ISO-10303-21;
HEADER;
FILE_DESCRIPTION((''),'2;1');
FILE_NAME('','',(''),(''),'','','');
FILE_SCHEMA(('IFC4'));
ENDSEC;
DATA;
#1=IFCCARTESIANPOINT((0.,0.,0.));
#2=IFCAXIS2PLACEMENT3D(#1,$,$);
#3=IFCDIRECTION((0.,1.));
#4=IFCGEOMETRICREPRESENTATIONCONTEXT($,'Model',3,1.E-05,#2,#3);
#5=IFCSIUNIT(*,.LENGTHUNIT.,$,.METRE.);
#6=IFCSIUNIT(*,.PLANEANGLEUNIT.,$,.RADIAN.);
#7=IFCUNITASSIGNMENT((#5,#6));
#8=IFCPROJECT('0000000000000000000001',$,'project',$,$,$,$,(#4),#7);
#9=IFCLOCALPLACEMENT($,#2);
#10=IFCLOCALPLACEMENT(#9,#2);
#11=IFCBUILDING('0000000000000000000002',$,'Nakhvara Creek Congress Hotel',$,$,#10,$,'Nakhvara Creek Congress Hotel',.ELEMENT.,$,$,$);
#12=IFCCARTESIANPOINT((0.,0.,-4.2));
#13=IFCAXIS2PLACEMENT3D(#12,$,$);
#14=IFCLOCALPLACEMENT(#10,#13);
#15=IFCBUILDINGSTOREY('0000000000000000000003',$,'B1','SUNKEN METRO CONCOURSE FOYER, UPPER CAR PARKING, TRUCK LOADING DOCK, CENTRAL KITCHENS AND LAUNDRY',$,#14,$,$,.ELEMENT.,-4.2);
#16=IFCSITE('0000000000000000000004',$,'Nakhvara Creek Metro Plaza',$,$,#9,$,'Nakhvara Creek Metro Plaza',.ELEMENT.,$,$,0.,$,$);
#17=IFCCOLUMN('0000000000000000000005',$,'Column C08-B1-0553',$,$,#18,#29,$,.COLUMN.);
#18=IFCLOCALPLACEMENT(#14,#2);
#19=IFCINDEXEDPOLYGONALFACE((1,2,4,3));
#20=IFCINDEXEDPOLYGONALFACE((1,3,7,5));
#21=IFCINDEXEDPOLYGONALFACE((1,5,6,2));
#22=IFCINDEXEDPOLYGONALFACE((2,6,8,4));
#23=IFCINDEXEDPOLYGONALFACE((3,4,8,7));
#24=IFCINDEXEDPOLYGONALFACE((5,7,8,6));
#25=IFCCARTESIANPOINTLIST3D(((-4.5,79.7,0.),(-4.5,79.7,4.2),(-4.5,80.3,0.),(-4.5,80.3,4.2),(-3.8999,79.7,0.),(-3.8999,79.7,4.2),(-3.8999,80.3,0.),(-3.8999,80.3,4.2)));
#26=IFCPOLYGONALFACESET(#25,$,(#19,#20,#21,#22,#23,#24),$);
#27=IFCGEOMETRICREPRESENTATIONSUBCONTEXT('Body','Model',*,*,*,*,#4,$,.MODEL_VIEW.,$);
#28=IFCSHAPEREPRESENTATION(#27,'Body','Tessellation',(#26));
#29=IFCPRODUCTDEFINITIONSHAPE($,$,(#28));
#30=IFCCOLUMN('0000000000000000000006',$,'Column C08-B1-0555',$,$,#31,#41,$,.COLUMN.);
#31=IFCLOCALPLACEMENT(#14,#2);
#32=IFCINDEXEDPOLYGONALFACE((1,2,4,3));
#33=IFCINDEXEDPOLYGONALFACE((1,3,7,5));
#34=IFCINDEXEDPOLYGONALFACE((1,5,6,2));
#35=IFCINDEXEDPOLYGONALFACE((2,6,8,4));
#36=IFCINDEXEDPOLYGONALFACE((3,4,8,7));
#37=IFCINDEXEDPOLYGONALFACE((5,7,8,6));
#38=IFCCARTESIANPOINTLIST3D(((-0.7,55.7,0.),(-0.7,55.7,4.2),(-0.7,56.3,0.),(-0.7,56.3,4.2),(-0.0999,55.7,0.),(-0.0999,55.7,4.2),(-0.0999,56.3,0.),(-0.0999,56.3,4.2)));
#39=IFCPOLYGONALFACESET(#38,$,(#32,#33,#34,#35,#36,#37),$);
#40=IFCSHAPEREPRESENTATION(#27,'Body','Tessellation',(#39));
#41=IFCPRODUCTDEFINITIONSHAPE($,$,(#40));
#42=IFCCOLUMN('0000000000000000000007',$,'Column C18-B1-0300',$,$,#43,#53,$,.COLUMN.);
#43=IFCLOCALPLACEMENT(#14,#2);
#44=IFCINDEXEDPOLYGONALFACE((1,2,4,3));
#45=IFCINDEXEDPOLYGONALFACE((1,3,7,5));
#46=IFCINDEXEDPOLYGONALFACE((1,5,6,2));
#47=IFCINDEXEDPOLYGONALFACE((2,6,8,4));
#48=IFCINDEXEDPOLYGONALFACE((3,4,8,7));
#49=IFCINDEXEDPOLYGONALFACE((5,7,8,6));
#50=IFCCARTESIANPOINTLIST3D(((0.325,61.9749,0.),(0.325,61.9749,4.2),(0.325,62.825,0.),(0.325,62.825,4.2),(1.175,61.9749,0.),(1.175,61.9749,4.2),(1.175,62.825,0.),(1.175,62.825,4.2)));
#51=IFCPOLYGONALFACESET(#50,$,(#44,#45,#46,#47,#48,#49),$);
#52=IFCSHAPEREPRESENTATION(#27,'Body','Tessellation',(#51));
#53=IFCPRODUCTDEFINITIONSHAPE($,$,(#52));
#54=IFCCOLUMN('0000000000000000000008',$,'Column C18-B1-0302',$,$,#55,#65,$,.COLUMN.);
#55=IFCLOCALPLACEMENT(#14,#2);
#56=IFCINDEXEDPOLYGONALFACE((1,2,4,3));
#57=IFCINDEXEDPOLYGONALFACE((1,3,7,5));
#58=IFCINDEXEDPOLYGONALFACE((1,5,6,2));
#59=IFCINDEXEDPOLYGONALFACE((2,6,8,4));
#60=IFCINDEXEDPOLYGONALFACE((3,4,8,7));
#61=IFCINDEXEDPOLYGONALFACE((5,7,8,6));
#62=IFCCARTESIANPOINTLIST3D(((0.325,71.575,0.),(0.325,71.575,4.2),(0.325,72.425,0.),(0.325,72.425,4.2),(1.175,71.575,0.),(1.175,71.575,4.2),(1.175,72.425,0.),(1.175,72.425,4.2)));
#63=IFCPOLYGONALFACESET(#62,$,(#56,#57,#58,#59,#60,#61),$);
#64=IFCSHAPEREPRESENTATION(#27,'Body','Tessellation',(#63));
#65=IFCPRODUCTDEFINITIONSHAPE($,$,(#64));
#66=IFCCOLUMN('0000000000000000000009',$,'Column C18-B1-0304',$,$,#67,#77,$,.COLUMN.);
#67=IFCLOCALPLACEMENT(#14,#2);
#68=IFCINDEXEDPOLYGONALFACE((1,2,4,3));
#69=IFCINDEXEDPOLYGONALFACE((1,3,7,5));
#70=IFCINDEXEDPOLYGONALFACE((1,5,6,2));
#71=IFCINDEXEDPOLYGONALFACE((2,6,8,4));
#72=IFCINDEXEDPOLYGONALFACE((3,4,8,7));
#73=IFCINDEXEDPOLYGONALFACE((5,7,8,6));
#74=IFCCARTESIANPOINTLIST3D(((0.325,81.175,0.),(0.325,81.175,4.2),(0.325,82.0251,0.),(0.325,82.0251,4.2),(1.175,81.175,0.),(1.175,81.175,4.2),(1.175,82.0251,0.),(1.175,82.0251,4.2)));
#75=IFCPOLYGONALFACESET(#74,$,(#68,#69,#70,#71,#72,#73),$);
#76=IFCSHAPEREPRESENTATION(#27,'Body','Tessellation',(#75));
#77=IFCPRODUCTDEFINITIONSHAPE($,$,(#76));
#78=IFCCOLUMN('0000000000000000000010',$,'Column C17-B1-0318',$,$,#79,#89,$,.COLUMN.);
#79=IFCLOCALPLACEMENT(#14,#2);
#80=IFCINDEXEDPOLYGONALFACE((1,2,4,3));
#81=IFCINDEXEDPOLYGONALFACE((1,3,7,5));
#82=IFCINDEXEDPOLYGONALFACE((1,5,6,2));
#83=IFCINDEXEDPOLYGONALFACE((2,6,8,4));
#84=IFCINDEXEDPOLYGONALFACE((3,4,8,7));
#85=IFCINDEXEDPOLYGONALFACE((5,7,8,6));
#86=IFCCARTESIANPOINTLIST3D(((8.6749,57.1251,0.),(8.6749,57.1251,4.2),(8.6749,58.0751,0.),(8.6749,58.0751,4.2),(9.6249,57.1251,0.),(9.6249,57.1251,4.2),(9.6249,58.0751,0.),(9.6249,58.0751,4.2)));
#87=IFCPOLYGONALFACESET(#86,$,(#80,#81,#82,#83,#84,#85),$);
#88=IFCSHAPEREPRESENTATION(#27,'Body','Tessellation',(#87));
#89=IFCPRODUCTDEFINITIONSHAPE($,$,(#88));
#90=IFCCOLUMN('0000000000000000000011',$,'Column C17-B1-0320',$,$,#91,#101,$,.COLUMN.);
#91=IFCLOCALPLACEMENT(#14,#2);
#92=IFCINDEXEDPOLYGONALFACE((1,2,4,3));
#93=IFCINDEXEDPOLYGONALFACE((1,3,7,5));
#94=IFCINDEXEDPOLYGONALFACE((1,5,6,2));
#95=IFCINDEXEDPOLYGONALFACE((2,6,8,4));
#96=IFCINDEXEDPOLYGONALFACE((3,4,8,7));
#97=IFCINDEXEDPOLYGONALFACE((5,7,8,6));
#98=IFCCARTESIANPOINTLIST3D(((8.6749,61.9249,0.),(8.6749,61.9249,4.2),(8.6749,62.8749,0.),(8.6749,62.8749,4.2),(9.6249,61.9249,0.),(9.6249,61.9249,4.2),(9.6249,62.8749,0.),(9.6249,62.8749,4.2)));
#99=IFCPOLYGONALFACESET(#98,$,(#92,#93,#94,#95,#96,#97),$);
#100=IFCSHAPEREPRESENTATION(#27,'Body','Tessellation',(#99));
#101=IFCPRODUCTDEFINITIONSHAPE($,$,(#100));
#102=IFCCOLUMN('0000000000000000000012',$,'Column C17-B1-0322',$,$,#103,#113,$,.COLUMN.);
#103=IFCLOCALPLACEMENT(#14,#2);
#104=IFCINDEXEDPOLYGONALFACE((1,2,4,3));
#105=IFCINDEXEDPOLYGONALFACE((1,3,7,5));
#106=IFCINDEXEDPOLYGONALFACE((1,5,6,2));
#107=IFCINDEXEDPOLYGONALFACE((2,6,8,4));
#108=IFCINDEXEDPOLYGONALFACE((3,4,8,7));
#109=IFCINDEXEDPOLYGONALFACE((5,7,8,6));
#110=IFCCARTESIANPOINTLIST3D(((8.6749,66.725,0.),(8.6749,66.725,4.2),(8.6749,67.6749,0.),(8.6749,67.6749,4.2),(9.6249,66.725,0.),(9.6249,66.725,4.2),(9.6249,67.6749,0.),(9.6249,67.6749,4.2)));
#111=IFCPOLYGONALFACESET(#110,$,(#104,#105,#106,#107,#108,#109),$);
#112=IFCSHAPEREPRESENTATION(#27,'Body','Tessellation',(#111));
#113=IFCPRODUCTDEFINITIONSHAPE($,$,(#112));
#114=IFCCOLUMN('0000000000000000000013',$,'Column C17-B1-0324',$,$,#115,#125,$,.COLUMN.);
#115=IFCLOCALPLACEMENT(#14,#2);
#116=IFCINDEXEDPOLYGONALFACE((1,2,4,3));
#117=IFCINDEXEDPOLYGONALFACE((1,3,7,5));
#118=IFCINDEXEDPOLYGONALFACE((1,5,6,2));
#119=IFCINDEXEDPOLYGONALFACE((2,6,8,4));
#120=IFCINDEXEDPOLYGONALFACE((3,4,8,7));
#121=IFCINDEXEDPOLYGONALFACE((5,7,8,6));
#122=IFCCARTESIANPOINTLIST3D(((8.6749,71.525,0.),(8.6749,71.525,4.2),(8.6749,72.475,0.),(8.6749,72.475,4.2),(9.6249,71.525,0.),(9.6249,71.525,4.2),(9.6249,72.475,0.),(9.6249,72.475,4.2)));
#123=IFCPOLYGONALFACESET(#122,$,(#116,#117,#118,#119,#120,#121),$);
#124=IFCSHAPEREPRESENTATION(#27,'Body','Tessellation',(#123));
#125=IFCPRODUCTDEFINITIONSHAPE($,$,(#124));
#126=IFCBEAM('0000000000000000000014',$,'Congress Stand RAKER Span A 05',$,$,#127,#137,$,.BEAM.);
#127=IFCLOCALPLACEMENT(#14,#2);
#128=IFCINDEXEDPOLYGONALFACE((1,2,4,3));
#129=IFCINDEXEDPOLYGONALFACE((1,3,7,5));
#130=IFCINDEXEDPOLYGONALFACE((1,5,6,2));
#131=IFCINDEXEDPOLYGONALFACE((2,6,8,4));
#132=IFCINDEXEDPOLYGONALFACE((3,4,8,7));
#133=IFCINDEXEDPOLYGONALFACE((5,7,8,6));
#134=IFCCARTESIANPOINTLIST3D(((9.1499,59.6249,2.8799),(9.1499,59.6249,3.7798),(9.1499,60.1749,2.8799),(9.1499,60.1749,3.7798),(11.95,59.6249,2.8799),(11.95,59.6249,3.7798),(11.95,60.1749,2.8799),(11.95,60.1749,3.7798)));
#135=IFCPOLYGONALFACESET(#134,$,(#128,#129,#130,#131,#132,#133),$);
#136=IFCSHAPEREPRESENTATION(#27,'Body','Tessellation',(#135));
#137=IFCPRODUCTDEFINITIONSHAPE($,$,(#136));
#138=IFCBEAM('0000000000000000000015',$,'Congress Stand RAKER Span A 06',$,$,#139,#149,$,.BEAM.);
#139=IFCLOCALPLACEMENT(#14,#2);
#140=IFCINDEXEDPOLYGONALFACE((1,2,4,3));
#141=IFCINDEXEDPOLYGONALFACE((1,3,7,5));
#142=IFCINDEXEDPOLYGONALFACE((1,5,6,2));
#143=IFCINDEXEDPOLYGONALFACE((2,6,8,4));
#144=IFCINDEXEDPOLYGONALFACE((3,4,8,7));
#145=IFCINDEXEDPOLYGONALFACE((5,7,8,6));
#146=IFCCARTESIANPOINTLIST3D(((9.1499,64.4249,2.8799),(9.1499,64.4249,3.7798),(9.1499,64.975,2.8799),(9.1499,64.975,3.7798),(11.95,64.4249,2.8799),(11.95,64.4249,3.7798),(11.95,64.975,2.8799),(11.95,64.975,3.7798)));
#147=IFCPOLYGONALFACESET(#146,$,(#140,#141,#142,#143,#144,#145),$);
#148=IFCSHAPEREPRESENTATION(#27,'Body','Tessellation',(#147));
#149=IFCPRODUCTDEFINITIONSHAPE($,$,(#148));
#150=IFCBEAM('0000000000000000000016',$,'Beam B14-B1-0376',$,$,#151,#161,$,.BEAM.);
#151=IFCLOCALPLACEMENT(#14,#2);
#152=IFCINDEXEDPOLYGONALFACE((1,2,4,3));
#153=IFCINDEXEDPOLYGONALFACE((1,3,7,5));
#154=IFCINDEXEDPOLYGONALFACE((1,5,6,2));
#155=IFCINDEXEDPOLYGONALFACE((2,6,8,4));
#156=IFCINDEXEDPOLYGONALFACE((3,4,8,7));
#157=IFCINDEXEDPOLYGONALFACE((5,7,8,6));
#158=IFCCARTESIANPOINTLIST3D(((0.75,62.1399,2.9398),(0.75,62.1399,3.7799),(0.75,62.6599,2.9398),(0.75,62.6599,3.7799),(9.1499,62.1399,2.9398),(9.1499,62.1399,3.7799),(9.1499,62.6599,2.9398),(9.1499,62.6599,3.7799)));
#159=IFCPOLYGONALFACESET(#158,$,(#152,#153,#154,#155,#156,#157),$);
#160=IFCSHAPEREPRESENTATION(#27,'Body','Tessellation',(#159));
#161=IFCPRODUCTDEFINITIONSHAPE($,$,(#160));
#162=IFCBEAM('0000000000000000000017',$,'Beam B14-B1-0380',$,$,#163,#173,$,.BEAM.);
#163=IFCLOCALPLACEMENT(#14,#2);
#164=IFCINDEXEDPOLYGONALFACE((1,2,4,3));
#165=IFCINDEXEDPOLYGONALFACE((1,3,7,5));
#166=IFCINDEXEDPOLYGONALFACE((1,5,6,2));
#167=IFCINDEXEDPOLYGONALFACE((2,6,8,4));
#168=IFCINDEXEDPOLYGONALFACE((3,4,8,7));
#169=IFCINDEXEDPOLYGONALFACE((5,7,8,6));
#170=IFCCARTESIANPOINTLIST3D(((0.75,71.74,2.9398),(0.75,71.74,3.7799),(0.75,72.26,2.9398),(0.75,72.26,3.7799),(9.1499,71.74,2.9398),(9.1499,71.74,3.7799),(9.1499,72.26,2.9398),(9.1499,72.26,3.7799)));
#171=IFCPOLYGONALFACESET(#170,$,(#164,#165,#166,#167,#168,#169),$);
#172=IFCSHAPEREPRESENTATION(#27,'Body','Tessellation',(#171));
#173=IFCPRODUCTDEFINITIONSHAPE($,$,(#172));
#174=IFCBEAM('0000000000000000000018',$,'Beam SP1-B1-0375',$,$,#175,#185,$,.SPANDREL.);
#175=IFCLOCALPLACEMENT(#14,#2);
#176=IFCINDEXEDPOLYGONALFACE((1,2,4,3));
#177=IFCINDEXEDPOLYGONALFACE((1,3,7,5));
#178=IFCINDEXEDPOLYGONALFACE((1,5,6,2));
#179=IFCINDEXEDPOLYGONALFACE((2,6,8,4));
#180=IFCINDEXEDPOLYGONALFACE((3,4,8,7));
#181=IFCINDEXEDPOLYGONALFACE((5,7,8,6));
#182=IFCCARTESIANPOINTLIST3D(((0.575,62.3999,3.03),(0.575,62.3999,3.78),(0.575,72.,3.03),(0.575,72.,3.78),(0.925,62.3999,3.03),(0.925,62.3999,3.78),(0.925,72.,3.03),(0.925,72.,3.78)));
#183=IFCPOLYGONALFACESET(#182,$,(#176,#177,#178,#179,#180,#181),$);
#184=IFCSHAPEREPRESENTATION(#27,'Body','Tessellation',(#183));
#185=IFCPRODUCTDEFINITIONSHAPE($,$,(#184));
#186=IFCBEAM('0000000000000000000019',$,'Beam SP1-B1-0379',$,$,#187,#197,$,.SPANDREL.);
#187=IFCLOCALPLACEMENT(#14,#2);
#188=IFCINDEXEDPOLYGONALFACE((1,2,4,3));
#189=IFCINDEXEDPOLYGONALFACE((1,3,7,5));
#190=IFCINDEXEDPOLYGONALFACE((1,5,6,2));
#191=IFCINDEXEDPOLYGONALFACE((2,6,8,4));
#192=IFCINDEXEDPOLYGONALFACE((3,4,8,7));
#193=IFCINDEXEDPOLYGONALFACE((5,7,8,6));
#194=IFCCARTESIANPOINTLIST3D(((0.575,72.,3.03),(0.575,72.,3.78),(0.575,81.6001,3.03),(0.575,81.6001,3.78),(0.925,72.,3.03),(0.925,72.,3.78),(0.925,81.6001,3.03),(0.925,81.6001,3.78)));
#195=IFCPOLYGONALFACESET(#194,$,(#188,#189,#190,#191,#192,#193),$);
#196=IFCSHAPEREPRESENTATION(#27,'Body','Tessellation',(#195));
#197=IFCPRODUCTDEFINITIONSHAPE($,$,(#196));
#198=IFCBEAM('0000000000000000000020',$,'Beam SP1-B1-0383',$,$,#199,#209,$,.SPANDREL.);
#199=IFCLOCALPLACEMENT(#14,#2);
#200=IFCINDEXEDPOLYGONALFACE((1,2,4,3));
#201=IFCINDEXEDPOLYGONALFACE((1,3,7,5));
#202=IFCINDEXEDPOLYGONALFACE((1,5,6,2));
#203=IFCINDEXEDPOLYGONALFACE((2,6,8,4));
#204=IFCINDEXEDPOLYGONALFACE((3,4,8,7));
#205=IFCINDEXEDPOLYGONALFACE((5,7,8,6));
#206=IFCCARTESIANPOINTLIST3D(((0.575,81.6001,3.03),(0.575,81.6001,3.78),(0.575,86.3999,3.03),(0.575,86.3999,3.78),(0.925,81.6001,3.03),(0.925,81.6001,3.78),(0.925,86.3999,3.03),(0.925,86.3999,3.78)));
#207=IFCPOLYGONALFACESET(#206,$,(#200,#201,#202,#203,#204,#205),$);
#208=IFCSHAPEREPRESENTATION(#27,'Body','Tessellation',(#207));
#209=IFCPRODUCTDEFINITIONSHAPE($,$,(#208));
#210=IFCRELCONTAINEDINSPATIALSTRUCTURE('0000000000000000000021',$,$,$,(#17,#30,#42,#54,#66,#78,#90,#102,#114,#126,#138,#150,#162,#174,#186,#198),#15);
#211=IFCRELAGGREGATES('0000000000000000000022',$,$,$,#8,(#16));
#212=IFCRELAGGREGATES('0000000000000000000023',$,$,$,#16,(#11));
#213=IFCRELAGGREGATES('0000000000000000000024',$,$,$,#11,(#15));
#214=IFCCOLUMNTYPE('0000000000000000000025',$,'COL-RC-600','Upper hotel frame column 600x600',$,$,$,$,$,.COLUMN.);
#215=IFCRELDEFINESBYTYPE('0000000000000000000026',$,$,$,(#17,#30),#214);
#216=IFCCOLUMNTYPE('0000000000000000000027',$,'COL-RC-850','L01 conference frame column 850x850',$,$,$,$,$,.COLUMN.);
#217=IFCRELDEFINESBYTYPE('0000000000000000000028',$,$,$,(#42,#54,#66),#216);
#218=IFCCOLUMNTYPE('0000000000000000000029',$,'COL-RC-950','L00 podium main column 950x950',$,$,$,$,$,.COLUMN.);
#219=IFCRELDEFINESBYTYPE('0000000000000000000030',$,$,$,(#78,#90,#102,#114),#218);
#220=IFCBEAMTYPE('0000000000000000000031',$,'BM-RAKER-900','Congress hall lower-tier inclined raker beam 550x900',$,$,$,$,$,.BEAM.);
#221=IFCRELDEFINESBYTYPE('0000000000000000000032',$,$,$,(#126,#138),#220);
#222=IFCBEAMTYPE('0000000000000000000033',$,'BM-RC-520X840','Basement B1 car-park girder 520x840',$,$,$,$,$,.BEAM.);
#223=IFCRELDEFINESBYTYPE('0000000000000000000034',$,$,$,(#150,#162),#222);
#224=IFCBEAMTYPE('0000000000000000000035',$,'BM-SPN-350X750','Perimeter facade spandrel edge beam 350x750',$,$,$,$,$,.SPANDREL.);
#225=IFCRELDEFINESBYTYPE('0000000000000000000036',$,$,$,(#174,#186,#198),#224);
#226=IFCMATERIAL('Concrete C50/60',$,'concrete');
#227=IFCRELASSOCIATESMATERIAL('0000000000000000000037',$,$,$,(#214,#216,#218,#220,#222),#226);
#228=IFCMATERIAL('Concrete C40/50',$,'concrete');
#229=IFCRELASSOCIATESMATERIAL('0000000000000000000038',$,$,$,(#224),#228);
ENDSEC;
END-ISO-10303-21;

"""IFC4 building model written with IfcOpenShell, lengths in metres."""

from ifc_helpers import new_model, si_unit, direction, frame, origin, origin_2d, place, context, subcontext, project, spatial, rectangle, extrude, material, material_profile, profile_set, type_object, element, save


model = new_model("IFC4")

# Units and contexts
model_context = context("Model", 3, precision=1e-05, world=origin(), true_north=direction((0.0, 1.0)))
body_context = subcontext(model_context, "Body", "Model", "MODEL_VIEW")
ifc_project = project(units=[si_unit("LENGTHUNIT", "METRE"), si_unit("PLANEANGLEUNIT", "RADIAN")], contexts=[model_context])

# Site, building, storey
site_placement = place(None, origin())
site = spatial("IfcSite", under=ifc_project, at=site_placement, Name="Nakhvara Creek Metro Plaza", LongName="Nakhvara Creek Metro Plaza", CompositionType="ELEMENT", RefElevation=0.0)
building_placement = place(site_placement, origin())
building = spatial("IfcBuilding", under=site, at=building_placement, Name="Nakhvara Creek Congress Hotel", LongName="Nakhvara Creek Congress Hotel", CompositionType="ELEMENT")
storey_placement = place(building_placement, frame((0.0, 0.0, -4.2)))
storey = spatial("IfcBuildingStorey", under=building, at=storey_placement, Name="B1", Description="SUNKEN METRO CONCOURSE FOYER, UPPER CAR PARKING, TRUCK LOADING DOCK, CENTRAL KITCHENS AND LAUNDRY", CompositionType="ELEMENT", Elevation=-4.2)

# Columns
ifc_material_1 = material(Name="Concrete C50/60", Category="concrete")
ifc_material_profile_1 = material_profile(ifc_material_1, rectangle(XDim=0.6001, YDim=0.6001, at=origin_2d()), Name="RC-COL 600x600", Category="LoadBearing")
ifc_profile_set_1 = profile_set([ifc_material_profile_1], Name="Concrete C50/60")
column_type_1 = type_object("IfcColumnType", Name="COL-RC-600", Description="Upper hotel frame column 600x600", PredefinedType="COLUMN", material=ifc_profile_set_1)
for number, where, z_axis, x_axis, name in (
    (1, (-4.2, 80.0, 0.0), (0.0, 0.0, 1.0), (1.0, 0.0, 0.0), "Column C08-B1-0553"),
    (2, (-0.3999, 56.0, 0.0), (0.0, 0.0, 1.0), (1.0, 0.0, 0.0), "Column C08-B1-0555"),
):
    element("IfcColumn", number, at=place(storey_placement, frame(where, z_axis=z_axis, x_axis=x_axis)), inside=storey, type_object=column_type_1, Name=name, PredefinedType="COLUMN", context=body_context, shape_type="SweptSolid", body=[
        extrude(rectangle(XDim=0.6001, YDim=0.6001, at=origin_2d()), origin(), (0.0, 0.0, 1.0), 4.2),
    ])
ifc_material_profile_2 = material_profile(ifc_material_1, rectangle(XDim=0.8501, YDim=0.8501, at=origin_2d()), Name="RC-COL 850x850", Category="LoadBearing")
ifc_profile_set_2 = profile_set([ifc_material_profile_2], Name="Concrete C50/60")
column_type_2 = type_object("IfcColumnType", Name="COL-RC-850", Description="L01 conference frame column 850x850", PredefinedType="COLUMN", material=ifc_profile_set_2)
for number, where, z_axis, x_axis, name in (
    (3, (0.75, 62.3999, 0.0), (0.0, 0.0, 1.0), (1.0, 0.0, 0.0), "Column C18-B1-0300"),
    (4, (0.75, 72.0, 0.0), (0.0, 0.0, 1.0), (1.0, 0.0, 0.0), "Column C18-B1-0302"),
    (5, (0.75, 81.6001, 0.0), (0.0, 0.0, 1.0), (1.0, 0.0, 0.0), "Column C18-B1-0304"),
):
    element("IfcColumn", number, at=place(storey_placement, frame(where, z_axis=z_axis, x_axis=x_axis)), inside=storey, type_object=column_type_2, Name=name, PredefinedType="COLUMN", context=body_context, shape_type="SweptSolid", body=[
        extrude(rectangle(XDim=0.8501, YDim=0.8501, at=origin_2d()), origin(), (0.0, 0.0, 1.0), 4.2),
    ])
ifc_material_profile_3 = material_profile(ifc_material_1, rectangle(XDim=0.95, YDim=0.95, at=origin_2d()), Name="RC-COL 950x950", Category="LoadBearing")
ifc_profile_set_3 = profile_set([ifc_material_profile_3], Name="Concrete C50/60")
column_type_3 = type_object("IfcColumnType", Name="COL-RC-950", Description="L00 podium main column 950x950", PredefinedType="COLUMN", material=ifc_profile_set_3)
for number, where, z_axis, x_axis, name in (
    (6, (9.1499, 57.6001, 0.0), (0.0, 0.0, 1.0), (1.0, 0.0, 0.0), "Column C17-B1-0318"),
    (7, (9.1499, 62.3999, 0.0), (0.0, 0.0, 1.0), (1.0, 0.0, 0.0), "Column C17-B1-0320"),
    (8, (9.1499, 67.2, 0.0), (0.0, 0.0, 1.0), (1.0, 0.0, 0.0), "Column C17-B1-0322"),
    (9, (9.1499, 72.0, 0.0), (0.0, 0.0, 1.0), (1.0, 0.0, 0.0), "Column C17-B1-0324"),
):
    element("IfcColumn", number, at=place(storey_placement, frame(where, z_axis=z_axis, x_axis=x_axis)), inside=storey, type_object=column_type_3, Name=name, PredefinedType="COLUMN", context=body_context, shape_type="SweptSolid", body=[
        extrude(rectangle(XDim=0.95, YDim=0.95, at=origin_2d()), origin(), (0.0, 0.0, 1.0), 4.2),
    ])

# Beams
ifc_material_profile_4 = material_profile(ifc_material_1, rectangle(XDim=0.55, YDim=0.8999, at=origin_2d()), Name="RC-RAKER 550x900", Category="LoadBearing")
ifc_profile_set_4 = profile_set([ifc_material_profile_4], Name="Concrete C50/60")
beam_type_1 = type_object("IfcBeamType", Name="BM-RAKER-900", Description="Congress hall lower-tier inclined raker beam 550x900", PredefinedType="BEAM", material=ifc_profile_set_4)
for number, where, z_axis, x_axis, name in (
    (10, (9.1499, 59.8999, 3.3298), (1.0, 0.0, 0.0), (0.0, 1.0, 0.0), "Congress Stand RAKER Span A 05"),
    (11, (9.1499, 64.7, 3.3298), (1.0, 0.0, 0.0), (0.0, 1.0, 0.0), "Congress Stand RAKER Span A 06"),
):
    element("IfcBeam", number, at=place(storey_placement, frame(where, z_axis=z_axis, x_axis=x_axis)), inside=storey, type_object=beam_type_1, Name=name, PredefinedType="BEAM", context=body_context, shape_type="SweptSolid", body=[
        extrude(rectangle(XDim=0.55, YDim=0.8999, at=origin_2d()), origin(), (0.0, 0.0, 1.0), 2.8),
    ])
ifc_material_profile_5 = material_profile(ifc_material_1, rectangle(XDim=0.52, YDim=0.8401, at=origin_2d()), Name="RC-BM 520x840", Category="LoadBearing")
ifc_profile_set_5 = profile_set([ifc_material_profile_5], Name="Concrete C50/60")
beam_type_2 = type_object("IfcBeamType", Name="BM-RC-520X840", Description="Basement B1 car-park girder 520x840", PredefinedType="BEAM", material=ifc_profile_set_5)
for number, where, z_axis, x_axis, name in (
    (12, (0.75, 62.3999, 3.3599), (1.0, 0.0, 0.0), (0.0, 1.0, 0.0), "Beam B14-B1-0376"),
    (13, (0.75, 72.0, 3.3599), (1.0, 0.0, 0.0), (0.0, 1.0, 0.0), "Beam B14-B1-0380"),
):
    element("IfcBeam", number, at=place(storey_placement, frame(where, z_axis=z_axis, x_axis=x_axis)), inside=storey, type_object=beam_type_2, Name=name, PredefinedType="BEAM", context=body_context, shape_type="SweptSolid", body=[
        extrude(rectangle(XDim=0.52, YDim=0.8401, at=origin_2d()), origin(), (0.0, 0.0, 1.0), 8.3999),
    ])
ifc_material_2 = material(Name="Concrete C40/50", Category="concrete")
ifc_material_profile_6 = material_profile(ifc_material_2, rectangle(XDim=0.3501, YDim=0.75, at=origin_2d()), Name="RC-SPANDREL 350x750", Category="LoadBearing")
ifc_profile_set_6 = profile_set([ifc_material_profile_6], Name="Concrete C40/50")
beam_type_3 = type_object("IfcBeamType", Name="BM-SPN-350X750", Description="Perimeter facade spandrel edge beam 350x750", PredefinedType="SPANDREL", material=ifc_profile_set_6)
for number, where, z_axis, x_axis, name in (
    (14, (0.75, 62.3999, 3.405), (0.0, 1.0, 0.0), (-1.0, 0.0, 0.0), "Beam SP1-B1-0375"),
    (15, (0.75, 72.0, 3.405), (0.0, 1.0, 0.0), (-1.0, 0.0, 0.0), "Beam SP1-B1-0379"),
):
    element("IfcBeam", number, at=place(storey_placement, frame(where, z_axis=z_axis, x_axis=x_axis)), inside=storey, type_object=beam_type_3, Name=name, PredefinedType="SPANDREL", context=body_context, shape_type="SweptSolid", body=[
        extrude(rectangle(XDim=0.3501, YDim=0.75, at=origin_2d()), origin(), (0.0, 0.0, 1.0), 9.6001),
    ])
beam_1_placement = place(storey_placement, frame((0.75, 81.6001, 3.405), z_axis=(0.0, 1.0, 0.0), x_axis=(-1.0, 0.0, 0.0)))
element("IfcBeam", 16, at=beam_1_placement, inside=storey, type_object=beam_type_3, Name="Beam SP1-B1-0383", PredefinedType="SPANDREL", context=body_context, shape_type="SweptSolid", body=[
    extrude(rectangle(XDim=0.3501, YDim=0.75, at=origin_2d()), origin(), (0.0, 0.0, 1.0), 4.7998),
])

save(model, "model.ifc")
